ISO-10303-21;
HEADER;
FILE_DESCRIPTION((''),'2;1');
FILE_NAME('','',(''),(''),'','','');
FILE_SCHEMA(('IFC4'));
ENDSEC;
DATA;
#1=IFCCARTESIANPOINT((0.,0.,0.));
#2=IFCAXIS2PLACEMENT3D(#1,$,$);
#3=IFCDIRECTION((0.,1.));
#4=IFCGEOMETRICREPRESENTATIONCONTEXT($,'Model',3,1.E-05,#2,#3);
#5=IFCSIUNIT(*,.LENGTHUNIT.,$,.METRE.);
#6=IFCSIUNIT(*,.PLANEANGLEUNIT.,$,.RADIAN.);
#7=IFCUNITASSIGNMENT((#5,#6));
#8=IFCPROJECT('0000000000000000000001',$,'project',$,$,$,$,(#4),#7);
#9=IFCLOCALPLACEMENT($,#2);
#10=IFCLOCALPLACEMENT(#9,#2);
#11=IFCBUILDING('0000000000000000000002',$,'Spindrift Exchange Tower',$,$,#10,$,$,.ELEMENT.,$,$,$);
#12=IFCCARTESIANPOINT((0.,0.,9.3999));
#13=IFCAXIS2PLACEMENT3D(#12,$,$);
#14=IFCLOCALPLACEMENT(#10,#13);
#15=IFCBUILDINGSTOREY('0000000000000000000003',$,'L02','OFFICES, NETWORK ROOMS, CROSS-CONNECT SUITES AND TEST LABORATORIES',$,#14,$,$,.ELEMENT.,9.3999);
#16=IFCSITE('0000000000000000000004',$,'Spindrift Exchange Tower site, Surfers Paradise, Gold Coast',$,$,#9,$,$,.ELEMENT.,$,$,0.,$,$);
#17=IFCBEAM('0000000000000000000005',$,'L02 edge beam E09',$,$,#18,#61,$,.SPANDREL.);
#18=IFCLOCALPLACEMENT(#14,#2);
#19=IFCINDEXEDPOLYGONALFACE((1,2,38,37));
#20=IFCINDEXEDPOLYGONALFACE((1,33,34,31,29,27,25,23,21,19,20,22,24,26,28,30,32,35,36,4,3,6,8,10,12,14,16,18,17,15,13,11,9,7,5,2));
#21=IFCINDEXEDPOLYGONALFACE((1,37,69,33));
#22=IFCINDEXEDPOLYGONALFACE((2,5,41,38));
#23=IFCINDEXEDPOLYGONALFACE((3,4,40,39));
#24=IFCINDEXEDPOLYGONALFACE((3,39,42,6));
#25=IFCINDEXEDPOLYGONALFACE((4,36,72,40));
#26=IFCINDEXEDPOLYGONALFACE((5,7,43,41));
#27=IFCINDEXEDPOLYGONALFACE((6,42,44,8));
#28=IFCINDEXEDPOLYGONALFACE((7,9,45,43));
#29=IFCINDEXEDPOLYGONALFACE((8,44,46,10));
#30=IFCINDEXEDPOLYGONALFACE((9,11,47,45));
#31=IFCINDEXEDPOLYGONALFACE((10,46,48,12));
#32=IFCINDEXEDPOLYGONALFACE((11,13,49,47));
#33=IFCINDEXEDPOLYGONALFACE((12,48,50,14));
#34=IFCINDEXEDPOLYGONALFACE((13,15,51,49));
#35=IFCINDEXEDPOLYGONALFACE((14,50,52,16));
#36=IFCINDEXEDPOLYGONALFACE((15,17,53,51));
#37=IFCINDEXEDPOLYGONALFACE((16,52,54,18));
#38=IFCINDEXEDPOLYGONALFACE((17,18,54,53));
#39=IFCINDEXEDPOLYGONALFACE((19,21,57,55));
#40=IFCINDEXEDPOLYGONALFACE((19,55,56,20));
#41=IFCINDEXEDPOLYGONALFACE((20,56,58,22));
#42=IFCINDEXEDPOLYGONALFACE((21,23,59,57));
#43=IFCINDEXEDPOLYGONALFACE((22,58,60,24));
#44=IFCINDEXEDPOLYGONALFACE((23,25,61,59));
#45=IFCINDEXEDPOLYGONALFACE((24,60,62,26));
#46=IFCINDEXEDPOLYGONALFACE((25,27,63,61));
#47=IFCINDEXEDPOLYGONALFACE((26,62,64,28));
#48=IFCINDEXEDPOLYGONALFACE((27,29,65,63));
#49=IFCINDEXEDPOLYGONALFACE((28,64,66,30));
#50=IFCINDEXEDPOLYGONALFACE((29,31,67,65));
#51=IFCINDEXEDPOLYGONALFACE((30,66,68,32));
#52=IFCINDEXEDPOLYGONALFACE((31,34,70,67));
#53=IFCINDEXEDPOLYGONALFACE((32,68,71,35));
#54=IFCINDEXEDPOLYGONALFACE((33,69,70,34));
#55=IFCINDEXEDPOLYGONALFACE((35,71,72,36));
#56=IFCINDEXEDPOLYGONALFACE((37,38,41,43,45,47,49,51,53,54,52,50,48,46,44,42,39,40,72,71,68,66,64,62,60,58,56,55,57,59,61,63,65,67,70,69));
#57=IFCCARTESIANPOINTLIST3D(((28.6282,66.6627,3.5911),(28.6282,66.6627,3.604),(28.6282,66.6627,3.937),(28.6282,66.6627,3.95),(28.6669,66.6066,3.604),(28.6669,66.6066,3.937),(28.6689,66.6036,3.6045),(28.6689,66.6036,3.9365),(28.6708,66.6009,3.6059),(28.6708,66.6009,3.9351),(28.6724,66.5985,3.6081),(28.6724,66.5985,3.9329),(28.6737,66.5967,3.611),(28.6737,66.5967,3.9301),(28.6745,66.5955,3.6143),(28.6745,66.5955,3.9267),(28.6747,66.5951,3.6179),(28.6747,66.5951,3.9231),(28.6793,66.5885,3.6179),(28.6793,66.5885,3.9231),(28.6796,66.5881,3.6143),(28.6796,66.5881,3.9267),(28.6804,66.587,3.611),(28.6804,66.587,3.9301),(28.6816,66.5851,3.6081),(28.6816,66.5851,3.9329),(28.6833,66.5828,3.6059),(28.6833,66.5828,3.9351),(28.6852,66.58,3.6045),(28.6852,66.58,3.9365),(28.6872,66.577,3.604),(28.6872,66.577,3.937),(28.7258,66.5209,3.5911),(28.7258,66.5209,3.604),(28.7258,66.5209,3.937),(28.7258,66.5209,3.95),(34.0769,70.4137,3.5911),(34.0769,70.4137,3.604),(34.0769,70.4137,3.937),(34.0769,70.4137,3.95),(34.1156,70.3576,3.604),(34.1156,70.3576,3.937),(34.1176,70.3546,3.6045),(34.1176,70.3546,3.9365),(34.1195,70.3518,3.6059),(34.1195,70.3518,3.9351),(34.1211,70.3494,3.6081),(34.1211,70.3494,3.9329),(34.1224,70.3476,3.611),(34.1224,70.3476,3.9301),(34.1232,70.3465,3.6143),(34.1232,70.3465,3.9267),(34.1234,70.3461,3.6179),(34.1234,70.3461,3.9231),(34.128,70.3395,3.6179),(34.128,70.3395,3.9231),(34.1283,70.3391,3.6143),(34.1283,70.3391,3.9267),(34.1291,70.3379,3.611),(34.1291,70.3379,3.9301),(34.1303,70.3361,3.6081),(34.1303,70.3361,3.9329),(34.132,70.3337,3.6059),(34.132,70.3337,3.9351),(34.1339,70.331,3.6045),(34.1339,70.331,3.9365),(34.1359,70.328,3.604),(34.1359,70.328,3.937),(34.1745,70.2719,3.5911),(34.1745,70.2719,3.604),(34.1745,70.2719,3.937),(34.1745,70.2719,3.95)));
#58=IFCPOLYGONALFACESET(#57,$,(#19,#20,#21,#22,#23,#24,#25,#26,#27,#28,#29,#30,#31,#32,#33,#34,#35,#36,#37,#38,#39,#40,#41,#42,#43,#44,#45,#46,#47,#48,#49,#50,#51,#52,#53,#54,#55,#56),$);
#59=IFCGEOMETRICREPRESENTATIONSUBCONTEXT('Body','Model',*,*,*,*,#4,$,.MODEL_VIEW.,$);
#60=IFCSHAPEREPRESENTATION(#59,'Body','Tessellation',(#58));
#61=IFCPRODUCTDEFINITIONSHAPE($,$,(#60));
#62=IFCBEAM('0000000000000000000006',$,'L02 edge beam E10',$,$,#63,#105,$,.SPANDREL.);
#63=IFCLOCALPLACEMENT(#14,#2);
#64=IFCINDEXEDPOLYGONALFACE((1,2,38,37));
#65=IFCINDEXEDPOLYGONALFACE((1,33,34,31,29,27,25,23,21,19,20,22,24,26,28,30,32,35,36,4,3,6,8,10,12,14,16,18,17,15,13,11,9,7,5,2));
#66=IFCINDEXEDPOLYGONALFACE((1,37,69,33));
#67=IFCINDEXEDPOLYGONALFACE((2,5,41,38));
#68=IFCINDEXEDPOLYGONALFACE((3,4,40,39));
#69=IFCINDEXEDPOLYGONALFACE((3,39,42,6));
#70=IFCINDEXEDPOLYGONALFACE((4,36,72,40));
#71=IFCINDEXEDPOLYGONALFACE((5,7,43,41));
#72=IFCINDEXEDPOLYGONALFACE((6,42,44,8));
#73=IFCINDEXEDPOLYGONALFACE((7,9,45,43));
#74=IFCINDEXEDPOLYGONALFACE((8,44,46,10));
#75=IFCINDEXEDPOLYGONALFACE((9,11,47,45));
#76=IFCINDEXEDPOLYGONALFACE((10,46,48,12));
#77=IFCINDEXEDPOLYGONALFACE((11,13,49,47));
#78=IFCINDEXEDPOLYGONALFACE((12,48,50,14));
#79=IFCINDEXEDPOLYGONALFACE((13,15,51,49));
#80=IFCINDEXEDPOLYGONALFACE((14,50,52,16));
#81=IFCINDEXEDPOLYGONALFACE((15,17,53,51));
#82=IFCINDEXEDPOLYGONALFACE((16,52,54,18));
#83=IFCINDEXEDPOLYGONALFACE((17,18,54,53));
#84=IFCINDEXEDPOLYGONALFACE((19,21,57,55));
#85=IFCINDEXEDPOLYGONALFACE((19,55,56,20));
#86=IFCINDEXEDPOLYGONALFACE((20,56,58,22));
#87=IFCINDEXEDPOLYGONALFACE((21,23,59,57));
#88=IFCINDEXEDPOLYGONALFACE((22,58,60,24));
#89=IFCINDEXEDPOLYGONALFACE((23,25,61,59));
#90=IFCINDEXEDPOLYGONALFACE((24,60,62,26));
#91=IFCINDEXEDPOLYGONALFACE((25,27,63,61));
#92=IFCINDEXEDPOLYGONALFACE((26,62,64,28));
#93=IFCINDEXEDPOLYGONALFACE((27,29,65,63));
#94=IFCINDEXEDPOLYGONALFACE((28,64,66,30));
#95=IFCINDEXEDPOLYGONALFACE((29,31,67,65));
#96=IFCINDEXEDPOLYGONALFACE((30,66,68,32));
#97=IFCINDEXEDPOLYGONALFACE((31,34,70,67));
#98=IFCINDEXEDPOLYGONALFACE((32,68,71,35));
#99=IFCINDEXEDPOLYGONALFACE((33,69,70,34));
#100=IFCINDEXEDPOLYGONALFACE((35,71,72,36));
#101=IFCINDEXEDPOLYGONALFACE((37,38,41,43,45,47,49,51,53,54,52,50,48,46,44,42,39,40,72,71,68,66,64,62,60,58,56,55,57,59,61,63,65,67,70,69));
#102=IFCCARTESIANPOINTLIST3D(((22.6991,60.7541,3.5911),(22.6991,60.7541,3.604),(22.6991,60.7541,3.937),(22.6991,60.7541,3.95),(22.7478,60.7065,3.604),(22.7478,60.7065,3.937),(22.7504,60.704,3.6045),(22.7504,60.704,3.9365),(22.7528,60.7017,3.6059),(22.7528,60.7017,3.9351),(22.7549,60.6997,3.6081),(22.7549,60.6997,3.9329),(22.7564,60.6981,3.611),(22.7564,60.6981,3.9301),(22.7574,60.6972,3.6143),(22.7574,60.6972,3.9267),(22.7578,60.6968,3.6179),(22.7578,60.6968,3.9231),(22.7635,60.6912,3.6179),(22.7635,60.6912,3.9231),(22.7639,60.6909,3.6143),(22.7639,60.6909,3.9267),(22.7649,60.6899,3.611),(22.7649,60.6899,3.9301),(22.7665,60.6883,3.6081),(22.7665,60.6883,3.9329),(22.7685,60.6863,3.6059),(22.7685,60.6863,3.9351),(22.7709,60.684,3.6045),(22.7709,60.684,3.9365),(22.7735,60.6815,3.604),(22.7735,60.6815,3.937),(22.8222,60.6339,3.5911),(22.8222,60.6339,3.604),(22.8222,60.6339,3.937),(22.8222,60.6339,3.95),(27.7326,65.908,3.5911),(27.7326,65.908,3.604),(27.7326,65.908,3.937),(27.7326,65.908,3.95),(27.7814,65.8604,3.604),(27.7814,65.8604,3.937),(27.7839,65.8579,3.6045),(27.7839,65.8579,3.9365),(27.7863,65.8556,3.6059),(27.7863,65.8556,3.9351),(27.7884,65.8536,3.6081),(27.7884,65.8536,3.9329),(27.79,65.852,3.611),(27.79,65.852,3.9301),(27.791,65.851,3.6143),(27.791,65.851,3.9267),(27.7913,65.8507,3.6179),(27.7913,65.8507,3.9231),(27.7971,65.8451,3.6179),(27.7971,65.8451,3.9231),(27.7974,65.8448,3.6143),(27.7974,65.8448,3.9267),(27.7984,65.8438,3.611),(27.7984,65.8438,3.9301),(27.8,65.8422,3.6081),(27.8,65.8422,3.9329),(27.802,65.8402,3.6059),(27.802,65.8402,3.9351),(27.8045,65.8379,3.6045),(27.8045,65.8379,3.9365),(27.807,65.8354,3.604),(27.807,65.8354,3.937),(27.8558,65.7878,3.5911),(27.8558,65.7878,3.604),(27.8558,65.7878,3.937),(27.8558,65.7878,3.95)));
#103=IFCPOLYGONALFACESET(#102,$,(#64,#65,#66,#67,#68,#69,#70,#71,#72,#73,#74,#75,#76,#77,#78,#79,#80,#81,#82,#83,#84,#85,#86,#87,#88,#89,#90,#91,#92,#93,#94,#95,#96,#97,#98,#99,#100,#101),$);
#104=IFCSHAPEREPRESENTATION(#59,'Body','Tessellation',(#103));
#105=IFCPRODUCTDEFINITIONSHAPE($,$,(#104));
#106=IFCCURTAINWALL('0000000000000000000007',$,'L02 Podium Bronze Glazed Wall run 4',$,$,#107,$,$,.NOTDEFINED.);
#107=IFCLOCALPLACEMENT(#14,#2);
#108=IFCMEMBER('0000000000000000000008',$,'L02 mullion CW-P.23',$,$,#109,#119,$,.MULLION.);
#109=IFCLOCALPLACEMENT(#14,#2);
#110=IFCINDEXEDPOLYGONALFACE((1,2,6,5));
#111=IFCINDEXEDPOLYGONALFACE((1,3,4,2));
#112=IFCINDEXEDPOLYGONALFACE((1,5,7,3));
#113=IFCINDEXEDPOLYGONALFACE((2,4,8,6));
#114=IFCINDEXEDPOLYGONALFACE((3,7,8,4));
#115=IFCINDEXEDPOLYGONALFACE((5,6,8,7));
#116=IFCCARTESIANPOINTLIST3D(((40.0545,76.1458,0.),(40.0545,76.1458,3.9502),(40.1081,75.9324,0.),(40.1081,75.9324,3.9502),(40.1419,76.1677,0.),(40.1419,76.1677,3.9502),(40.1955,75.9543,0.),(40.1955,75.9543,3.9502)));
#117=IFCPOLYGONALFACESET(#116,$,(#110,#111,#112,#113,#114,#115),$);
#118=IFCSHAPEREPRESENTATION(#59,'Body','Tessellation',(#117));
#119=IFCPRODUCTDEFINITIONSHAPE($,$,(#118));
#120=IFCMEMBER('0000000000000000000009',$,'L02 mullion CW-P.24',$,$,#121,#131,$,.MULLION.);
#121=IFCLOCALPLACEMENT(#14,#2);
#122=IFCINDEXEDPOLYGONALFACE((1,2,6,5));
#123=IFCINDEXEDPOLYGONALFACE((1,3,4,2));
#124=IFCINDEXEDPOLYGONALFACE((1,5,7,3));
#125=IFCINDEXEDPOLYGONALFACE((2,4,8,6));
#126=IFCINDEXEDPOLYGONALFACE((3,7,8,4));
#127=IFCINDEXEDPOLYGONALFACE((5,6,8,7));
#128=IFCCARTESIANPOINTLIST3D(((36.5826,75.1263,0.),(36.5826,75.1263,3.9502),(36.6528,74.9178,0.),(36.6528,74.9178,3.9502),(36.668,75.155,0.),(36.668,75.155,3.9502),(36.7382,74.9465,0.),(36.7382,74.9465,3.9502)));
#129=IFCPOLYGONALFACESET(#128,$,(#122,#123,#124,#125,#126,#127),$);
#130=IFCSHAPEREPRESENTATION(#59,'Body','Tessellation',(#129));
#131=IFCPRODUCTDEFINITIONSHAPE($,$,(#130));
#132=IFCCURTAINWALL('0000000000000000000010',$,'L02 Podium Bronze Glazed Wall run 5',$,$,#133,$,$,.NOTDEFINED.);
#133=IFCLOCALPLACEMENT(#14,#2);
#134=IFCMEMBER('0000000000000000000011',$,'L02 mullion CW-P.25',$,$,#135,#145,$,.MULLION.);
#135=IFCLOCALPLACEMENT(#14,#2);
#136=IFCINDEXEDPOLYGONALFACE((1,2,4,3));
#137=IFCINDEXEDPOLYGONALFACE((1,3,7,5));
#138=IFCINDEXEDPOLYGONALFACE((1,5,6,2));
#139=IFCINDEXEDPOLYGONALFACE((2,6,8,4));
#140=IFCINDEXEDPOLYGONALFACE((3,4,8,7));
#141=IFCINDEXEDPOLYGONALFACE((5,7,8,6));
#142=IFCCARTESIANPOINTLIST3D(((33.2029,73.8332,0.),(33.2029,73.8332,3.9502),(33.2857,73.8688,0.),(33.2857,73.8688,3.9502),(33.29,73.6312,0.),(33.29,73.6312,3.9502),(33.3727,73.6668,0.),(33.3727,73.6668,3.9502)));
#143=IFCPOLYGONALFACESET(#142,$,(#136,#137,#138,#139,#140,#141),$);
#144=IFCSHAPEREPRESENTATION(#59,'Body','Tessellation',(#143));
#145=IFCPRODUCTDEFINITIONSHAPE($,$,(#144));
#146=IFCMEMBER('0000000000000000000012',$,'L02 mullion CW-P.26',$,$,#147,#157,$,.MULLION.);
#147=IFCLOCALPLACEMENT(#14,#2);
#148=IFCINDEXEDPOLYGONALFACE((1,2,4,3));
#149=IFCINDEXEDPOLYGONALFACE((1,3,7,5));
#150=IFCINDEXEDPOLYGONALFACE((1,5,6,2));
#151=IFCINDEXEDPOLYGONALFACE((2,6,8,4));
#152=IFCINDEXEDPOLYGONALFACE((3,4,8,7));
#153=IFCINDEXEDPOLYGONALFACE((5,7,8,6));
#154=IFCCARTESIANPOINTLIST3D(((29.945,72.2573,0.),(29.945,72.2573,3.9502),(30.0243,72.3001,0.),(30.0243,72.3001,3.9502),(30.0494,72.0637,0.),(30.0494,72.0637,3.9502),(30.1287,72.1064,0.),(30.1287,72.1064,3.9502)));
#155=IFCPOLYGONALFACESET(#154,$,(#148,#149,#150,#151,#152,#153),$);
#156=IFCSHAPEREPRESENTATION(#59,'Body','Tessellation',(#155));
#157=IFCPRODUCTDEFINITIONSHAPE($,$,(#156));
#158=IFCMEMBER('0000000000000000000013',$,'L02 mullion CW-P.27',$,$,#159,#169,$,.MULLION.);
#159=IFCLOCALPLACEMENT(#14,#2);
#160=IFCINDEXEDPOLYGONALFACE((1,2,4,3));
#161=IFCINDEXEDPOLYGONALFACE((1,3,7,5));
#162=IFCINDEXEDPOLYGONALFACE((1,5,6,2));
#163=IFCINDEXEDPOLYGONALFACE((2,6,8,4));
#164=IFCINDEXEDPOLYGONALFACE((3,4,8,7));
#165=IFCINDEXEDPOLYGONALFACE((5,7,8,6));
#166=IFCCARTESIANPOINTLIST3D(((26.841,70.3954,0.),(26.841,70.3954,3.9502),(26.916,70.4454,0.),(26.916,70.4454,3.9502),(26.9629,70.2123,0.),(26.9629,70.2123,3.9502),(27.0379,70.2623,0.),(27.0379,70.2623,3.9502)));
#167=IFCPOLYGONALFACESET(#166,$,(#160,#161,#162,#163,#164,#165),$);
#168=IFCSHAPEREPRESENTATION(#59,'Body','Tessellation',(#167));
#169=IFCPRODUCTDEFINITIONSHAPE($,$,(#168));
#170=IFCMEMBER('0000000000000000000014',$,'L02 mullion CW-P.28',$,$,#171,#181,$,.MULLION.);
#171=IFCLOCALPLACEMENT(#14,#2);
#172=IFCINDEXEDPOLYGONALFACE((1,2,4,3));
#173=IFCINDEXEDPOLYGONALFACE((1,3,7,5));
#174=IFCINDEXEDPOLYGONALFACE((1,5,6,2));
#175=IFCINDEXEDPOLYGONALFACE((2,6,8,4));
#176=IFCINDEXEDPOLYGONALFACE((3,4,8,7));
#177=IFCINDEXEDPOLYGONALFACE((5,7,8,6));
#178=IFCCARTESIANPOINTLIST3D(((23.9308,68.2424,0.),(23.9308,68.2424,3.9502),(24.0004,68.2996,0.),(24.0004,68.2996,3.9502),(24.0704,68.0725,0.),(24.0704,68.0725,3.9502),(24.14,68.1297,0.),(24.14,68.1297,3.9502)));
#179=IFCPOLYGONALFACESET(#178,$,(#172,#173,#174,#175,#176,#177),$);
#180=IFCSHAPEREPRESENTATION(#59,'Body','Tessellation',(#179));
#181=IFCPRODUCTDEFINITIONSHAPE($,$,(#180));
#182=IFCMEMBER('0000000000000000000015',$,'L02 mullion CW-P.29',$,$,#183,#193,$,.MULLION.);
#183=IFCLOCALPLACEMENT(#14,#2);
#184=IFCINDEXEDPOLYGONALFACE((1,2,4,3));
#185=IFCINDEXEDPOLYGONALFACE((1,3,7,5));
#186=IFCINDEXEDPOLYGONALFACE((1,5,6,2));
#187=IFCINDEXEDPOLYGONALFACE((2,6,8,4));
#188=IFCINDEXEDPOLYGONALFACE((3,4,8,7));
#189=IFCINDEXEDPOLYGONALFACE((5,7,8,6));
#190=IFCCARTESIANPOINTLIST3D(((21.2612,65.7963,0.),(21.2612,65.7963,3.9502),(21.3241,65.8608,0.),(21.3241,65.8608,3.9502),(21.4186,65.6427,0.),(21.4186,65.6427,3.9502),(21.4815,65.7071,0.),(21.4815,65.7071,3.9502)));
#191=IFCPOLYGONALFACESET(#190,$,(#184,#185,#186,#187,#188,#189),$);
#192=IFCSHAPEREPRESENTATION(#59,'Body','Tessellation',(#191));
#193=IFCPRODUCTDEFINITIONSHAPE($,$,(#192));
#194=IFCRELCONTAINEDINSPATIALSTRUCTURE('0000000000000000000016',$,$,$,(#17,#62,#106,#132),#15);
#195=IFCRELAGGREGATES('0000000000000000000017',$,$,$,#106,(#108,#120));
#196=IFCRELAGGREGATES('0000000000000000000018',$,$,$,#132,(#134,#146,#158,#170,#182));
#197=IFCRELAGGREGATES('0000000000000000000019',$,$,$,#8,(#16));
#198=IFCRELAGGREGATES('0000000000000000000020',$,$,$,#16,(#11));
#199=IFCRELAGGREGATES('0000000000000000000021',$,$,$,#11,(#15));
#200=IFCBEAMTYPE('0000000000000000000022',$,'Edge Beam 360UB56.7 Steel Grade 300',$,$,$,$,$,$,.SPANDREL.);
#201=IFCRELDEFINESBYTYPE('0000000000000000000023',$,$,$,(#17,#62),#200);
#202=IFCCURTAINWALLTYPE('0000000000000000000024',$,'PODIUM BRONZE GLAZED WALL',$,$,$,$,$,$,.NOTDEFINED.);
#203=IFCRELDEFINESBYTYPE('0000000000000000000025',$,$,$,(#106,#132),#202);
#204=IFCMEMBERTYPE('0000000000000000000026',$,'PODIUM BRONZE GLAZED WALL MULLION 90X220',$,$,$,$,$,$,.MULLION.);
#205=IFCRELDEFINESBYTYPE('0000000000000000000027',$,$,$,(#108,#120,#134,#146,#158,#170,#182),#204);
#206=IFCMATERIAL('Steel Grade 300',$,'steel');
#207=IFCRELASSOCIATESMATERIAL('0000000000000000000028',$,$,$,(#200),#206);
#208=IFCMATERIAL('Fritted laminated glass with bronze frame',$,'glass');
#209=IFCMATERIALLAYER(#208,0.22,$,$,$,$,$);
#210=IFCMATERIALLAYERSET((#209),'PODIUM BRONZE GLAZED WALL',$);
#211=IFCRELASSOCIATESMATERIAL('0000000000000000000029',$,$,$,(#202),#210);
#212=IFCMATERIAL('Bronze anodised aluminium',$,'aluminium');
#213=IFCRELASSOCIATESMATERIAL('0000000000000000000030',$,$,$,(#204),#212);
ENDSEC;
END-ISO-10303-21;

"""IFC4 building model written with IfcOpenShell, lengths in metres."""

from ifc_helpers import new_model, si_unit, direction, frame, origin, origin_2d, place, context, subcontext, project, spatial, rectangle, i_section, extrude, source, transform, mapped, material, layer, layer_set, material_profile, profile_set, type_object, element, aggregate, save


model = new_model("IFC4")

# Units and contexts
model_context = context("Model", 3, precision=1e-05, world=origin(), true_north=direction((0.0, 1.0)))
body_context = subcontext(model_context, "Body", "Model", "MODEL_VIEW")
ifc_project = project(units=[si_unit("LENGTHUNIT", "METRE"), si_unit("PLANEANGLEUNIT", "RADIAN")], contexts=[model_context])

# Site, building, storey
site_placement = place(None, origin())
site = spatial("IfcSite", under=ifc_project, at=site_placement, Name="Spindrift Exchange Tower site, Surfers Paradise, Gold Coast", CompositionType="ELEMENT", RefElevation=0.0)
building_placement = place(site_placement, origin())
building = spatial("IfcBuilding", under=site, at=building_placement, Name="Spindrift Exchange Tower", CompositionType="ELEMENT")
storey_placement = place(building_placement, frame((0.0, 0.0, 9.3999)))
storey = spatial("IfcBuildingStorey", under=building, at=storey_placement, Name="L02", Description="OFFICES, NETWORK ROOMS, CROSS-CONNECT SUITES AND TEST LABORATORIES", CompositionType="ELEMENT", Elevation=9.3999)

# Beams
ifc_material_1 = material(Name="Steel Grade 300", Category="steel")
ifc_material_profile_1 = material_profile(ifc_material_1, i_section(OverallWidth=0.1721, OverallDepth=0.3589, WebThickness=0.0081, FlangeThickness=0.0129, FilletRadius=0.0139, at=origin_2d()), Name="360UB56.7")
ifc_profile_set_1 = profile_set([ifc_material_profile_1], Name="Steel Grade 300")
beam_type_1 = type_object("IfcBeamType", Name="Edge Beam 360UB56.7 Steel Grade 300", PredefinedType="SPANDREL", material=ifc_profile_set_1)
shared_shape_1 = source(origin(), body_context, "Body", "SweptSolid", [
    extrude(i_section(OverallWidth=0.1721, OverallDepth=0.3589, WebThickness=0.0081, FlangeThickness=0.0129, FilletRadius=0.0139, at=origin_2d()), origin(), (0.0, 0.0, 1.0), 6.615),
])
beam_1_placement = place(storey_placement, frame((34.1257, 70.3428, 3.7705), z_axis=(-0.823691, -0.567039, 0.0), x_axis=(0.567039, -0.823691, 0.0)))
element("IfcBeam", 1, at=beam_1_placement, inside=storey, type_object=beam_type_1, Name="L02 edge beam E09", PredefinedType="SPANDREL", context=body_context, shape_type="MappedRepresentation", body=[
    mapped(shared_shape_1, transform((0.0, 0.0, 0.0), scale=1.0)),
])
shared_shape_2 = source(origin(), body_context, "Body", "SweptSolid", [
    extrude(i_section(OverallWidth=0.1721, OverallDepth=0.3589, WebThickness=0.0081, FlangeThickness=0.0129, FilletRadius=0.0139, at=origin_2d()), origin(), (0.0, 0.0, 1.0), 7.2041),
])
beam_2_placement = place(storey_placement, frame((27.7942, 65.8479, 3.7705), z_axis=(-0.698704, -0.715411, 0.0), x_axis=(0.715411, -0.698704, 0.0)))
element("IfcBeam", 2, at=beam_2_placement, inside=storey, type_object=beam_type_1, Name="L02 edge beam E10", PredefinedType="SPANDREL", context=body_context, shape_type="MappedRepresentation", body=[
    mapped(shared_shape_2, transform((0.0, 0.0, 0.0), scale=1.0)),
])

# Curtain walls, members
ifc_material_2 = material(Name="Fritted laminated glass with bronze frame", Category="glass")
ifc_layer_1 = layer(ifc_material_2, 0.22)
ifc_layer_set_1 = layer_set([ifc_layer_1], Name="PODIUM BRONZE GLAZED WALL")
curtain_wall_type = type_object("IfcCurtainWallType", Name="PODIUM BRONZE GLAZED WALL", PredefinedType="NOTDEFINED", material=ifc_layer_set_1)
curtain_wall_1_placement = place(storey_placement, origin())
curtain_wall_1 = element("IfcCurtainWall", 3, at=curtain_wall_1_placement, inside=storey, type_object=curtain_wall_type, Name="L02 Podium Bronze Glazed Wall run 4", PredefinedType="NOTDEFINED")
ifc_material_3 = material(Name="Bronze anodised aluminium", Category="aluminium")
ifc_material_profile_2 = material_profile(ifc_material_3, rectangle(XDim=0.0901, YDim=0.22, at=origin_2d()), Name="PODIUM BRONZE GLAZED WALL MULLION 90X220")
ifc_profile_set_2 = profile_set([ifc_material_profile_2], Name="Bronze anodised aluminium")
member_type_1 = type_object("IfcMemberType", Name="PODIUM BRONZE GLAZED WALL MULLION 90X220", PredefinedType="MULLION", material=ifc_profile_set_2)
shared_shape_3 = source(origin(), body_context, "Body", "SweptSolid", [
    extrude(rectangle(XDim=0.0901, YDim=0.22, at=origin_2d()), origin(), (0.0, 0.0, 1.0), 3.9502),
])
member_1_placement = place(storey_placement, frame((40.125, 76.05, 0.0), z_axis=(0.0, 0.0, 1.0), x_axis=(-0.969898, -0.243511, 0.0)))
member_1 = element("IfcMember", 4, at=member_1_placement, type_object=member_type_1, Name="L02 mullion CW-P.23", PredefinedType="MULLION", context=body_context, shape_type="MappedRepresentation", body=[
    mapped(shared_shape_3, transform((0.0, 0.0, 0.0), scale=1.0)),
])
member_2_placement = place(storey_placement, frame((36.6604, 75.0364, 0.0), z_axis=(0.0, 0.0, 1.0), x_axis=(-0.947806, -0.318848, 0.0)))
member_2 = element("IfcMember", 5, at=member_2_placement, type_object=member_type_1, Name="L02 mullion CW-P.24", PredefinedType="MULLION", context=body_context, shape_type="MappedRepresentation", body=[
    mapped(shared_shape_3, transform((0.0, 0.0, 0.0), scale=1.0)),
])
curtain_wall_2_placement = place(storey_placement, origin())
curtain_wall_2 = element("IfcCurtainWall", 6, at=curtain_wall_2_placement, inside=storey, type_object=curtain_wall_type, Name="L02 Podium Bronze Glazed Wall run 5", PredefinedType="NOTDEFINED")
member_3_placement = place(storey_placement, frame((33.2878, 73.75, 0.0), z_axis=(0.0, 0.0, 1.0), x_axis=(-0.918354, -0.395759, 0.0)))
member_3 = element("IfcMember", 7, at=member_3_placement, type_object=member_type_1, Name="L02 mullion CW-P.25", PredefinedType="MULLION", context=body_context, shape_type="MappedRepresentation", body=[
    mapped(shared_shape_3, transform((0.0, 0.0, 0.0), scale=1.0)),
])
member_4_placement = place(storey_placement, frame((30.0369, 72.1819, 0.0), z_axis=(0.0, 0.0, 1.0), x_axis=(-0.880313, -0.474394, 0.0)))
member_4 = element("IfcMember", 8, at=member_4_placement, type_object=member_type_1, Name="L02 mullion CW-P.26", PredefinedType="MULLION", context=body_context, shape_type="MappedRepresentation", body=[
    mapped(shared_shape_3, transform((0.0, 0.0, 0.0), scale=1.0)),
])
member_5_placement = place(storey_placement, frame((26.9395, 70.3289, 0.0), z_axis=(0.0, 0.0, 1.0), x_axis=(-0.832367, -0.554225, 0.0)))
member_5 = element("IfcMember", 9, at=member_5_placement, type_object=member_type_1, Name="L02 mullion CW-P.27", PredefinedType="MULLION", context=body_context, shape_type="MappedRepresentation", body=[
    mapped(shared_shape_3, transform((0.0, 0.0, 0.0), scale=1.0)),
])
member_6_placement = place(storey_placement, frame((24.0354, 68.186, 0.0), z_axis=(0.0, 0.0, 1.0), x_axis=(-0.7725, -0.635014, 0.0)))
member_6 = element("IfcMember", 10, at=member_6_placement, type_object=member_type_1, Name="L02 mullion CW-P.28", PredefinedType="MULLION", context=body_context, shape_type="MappedRepresentation", body=[
    mapped(shared_shape_3, transform((0.0, 0.0, 0.0), scale=1.0)),
])
member_7_placement = place(storey_placement, frame((21.3713, 65.7517, 0.0), z_axis=(0.0, 0.0, 1.0), x_axis=(-0.698469, -0.71564, 0.0)))
member_7 = element("IfcMember", 11, at=member_7_placement, type_object=member_type_1, Name="L02 mullion CW-P.29", PredefinedType="MULLION", context=body_context, shape_type="MappedRepresentation", body=[
    mapped(shared_shape_3, transform((0.0, 0.0, 0.0), scale=1.0)),
])

aggregate(curtain_wall_1, [member_1, member_2])
aggregate(curtain_wall_2, [member_3, member_4, member_5, member_6, member_7])

save(model, "model.ifc")
